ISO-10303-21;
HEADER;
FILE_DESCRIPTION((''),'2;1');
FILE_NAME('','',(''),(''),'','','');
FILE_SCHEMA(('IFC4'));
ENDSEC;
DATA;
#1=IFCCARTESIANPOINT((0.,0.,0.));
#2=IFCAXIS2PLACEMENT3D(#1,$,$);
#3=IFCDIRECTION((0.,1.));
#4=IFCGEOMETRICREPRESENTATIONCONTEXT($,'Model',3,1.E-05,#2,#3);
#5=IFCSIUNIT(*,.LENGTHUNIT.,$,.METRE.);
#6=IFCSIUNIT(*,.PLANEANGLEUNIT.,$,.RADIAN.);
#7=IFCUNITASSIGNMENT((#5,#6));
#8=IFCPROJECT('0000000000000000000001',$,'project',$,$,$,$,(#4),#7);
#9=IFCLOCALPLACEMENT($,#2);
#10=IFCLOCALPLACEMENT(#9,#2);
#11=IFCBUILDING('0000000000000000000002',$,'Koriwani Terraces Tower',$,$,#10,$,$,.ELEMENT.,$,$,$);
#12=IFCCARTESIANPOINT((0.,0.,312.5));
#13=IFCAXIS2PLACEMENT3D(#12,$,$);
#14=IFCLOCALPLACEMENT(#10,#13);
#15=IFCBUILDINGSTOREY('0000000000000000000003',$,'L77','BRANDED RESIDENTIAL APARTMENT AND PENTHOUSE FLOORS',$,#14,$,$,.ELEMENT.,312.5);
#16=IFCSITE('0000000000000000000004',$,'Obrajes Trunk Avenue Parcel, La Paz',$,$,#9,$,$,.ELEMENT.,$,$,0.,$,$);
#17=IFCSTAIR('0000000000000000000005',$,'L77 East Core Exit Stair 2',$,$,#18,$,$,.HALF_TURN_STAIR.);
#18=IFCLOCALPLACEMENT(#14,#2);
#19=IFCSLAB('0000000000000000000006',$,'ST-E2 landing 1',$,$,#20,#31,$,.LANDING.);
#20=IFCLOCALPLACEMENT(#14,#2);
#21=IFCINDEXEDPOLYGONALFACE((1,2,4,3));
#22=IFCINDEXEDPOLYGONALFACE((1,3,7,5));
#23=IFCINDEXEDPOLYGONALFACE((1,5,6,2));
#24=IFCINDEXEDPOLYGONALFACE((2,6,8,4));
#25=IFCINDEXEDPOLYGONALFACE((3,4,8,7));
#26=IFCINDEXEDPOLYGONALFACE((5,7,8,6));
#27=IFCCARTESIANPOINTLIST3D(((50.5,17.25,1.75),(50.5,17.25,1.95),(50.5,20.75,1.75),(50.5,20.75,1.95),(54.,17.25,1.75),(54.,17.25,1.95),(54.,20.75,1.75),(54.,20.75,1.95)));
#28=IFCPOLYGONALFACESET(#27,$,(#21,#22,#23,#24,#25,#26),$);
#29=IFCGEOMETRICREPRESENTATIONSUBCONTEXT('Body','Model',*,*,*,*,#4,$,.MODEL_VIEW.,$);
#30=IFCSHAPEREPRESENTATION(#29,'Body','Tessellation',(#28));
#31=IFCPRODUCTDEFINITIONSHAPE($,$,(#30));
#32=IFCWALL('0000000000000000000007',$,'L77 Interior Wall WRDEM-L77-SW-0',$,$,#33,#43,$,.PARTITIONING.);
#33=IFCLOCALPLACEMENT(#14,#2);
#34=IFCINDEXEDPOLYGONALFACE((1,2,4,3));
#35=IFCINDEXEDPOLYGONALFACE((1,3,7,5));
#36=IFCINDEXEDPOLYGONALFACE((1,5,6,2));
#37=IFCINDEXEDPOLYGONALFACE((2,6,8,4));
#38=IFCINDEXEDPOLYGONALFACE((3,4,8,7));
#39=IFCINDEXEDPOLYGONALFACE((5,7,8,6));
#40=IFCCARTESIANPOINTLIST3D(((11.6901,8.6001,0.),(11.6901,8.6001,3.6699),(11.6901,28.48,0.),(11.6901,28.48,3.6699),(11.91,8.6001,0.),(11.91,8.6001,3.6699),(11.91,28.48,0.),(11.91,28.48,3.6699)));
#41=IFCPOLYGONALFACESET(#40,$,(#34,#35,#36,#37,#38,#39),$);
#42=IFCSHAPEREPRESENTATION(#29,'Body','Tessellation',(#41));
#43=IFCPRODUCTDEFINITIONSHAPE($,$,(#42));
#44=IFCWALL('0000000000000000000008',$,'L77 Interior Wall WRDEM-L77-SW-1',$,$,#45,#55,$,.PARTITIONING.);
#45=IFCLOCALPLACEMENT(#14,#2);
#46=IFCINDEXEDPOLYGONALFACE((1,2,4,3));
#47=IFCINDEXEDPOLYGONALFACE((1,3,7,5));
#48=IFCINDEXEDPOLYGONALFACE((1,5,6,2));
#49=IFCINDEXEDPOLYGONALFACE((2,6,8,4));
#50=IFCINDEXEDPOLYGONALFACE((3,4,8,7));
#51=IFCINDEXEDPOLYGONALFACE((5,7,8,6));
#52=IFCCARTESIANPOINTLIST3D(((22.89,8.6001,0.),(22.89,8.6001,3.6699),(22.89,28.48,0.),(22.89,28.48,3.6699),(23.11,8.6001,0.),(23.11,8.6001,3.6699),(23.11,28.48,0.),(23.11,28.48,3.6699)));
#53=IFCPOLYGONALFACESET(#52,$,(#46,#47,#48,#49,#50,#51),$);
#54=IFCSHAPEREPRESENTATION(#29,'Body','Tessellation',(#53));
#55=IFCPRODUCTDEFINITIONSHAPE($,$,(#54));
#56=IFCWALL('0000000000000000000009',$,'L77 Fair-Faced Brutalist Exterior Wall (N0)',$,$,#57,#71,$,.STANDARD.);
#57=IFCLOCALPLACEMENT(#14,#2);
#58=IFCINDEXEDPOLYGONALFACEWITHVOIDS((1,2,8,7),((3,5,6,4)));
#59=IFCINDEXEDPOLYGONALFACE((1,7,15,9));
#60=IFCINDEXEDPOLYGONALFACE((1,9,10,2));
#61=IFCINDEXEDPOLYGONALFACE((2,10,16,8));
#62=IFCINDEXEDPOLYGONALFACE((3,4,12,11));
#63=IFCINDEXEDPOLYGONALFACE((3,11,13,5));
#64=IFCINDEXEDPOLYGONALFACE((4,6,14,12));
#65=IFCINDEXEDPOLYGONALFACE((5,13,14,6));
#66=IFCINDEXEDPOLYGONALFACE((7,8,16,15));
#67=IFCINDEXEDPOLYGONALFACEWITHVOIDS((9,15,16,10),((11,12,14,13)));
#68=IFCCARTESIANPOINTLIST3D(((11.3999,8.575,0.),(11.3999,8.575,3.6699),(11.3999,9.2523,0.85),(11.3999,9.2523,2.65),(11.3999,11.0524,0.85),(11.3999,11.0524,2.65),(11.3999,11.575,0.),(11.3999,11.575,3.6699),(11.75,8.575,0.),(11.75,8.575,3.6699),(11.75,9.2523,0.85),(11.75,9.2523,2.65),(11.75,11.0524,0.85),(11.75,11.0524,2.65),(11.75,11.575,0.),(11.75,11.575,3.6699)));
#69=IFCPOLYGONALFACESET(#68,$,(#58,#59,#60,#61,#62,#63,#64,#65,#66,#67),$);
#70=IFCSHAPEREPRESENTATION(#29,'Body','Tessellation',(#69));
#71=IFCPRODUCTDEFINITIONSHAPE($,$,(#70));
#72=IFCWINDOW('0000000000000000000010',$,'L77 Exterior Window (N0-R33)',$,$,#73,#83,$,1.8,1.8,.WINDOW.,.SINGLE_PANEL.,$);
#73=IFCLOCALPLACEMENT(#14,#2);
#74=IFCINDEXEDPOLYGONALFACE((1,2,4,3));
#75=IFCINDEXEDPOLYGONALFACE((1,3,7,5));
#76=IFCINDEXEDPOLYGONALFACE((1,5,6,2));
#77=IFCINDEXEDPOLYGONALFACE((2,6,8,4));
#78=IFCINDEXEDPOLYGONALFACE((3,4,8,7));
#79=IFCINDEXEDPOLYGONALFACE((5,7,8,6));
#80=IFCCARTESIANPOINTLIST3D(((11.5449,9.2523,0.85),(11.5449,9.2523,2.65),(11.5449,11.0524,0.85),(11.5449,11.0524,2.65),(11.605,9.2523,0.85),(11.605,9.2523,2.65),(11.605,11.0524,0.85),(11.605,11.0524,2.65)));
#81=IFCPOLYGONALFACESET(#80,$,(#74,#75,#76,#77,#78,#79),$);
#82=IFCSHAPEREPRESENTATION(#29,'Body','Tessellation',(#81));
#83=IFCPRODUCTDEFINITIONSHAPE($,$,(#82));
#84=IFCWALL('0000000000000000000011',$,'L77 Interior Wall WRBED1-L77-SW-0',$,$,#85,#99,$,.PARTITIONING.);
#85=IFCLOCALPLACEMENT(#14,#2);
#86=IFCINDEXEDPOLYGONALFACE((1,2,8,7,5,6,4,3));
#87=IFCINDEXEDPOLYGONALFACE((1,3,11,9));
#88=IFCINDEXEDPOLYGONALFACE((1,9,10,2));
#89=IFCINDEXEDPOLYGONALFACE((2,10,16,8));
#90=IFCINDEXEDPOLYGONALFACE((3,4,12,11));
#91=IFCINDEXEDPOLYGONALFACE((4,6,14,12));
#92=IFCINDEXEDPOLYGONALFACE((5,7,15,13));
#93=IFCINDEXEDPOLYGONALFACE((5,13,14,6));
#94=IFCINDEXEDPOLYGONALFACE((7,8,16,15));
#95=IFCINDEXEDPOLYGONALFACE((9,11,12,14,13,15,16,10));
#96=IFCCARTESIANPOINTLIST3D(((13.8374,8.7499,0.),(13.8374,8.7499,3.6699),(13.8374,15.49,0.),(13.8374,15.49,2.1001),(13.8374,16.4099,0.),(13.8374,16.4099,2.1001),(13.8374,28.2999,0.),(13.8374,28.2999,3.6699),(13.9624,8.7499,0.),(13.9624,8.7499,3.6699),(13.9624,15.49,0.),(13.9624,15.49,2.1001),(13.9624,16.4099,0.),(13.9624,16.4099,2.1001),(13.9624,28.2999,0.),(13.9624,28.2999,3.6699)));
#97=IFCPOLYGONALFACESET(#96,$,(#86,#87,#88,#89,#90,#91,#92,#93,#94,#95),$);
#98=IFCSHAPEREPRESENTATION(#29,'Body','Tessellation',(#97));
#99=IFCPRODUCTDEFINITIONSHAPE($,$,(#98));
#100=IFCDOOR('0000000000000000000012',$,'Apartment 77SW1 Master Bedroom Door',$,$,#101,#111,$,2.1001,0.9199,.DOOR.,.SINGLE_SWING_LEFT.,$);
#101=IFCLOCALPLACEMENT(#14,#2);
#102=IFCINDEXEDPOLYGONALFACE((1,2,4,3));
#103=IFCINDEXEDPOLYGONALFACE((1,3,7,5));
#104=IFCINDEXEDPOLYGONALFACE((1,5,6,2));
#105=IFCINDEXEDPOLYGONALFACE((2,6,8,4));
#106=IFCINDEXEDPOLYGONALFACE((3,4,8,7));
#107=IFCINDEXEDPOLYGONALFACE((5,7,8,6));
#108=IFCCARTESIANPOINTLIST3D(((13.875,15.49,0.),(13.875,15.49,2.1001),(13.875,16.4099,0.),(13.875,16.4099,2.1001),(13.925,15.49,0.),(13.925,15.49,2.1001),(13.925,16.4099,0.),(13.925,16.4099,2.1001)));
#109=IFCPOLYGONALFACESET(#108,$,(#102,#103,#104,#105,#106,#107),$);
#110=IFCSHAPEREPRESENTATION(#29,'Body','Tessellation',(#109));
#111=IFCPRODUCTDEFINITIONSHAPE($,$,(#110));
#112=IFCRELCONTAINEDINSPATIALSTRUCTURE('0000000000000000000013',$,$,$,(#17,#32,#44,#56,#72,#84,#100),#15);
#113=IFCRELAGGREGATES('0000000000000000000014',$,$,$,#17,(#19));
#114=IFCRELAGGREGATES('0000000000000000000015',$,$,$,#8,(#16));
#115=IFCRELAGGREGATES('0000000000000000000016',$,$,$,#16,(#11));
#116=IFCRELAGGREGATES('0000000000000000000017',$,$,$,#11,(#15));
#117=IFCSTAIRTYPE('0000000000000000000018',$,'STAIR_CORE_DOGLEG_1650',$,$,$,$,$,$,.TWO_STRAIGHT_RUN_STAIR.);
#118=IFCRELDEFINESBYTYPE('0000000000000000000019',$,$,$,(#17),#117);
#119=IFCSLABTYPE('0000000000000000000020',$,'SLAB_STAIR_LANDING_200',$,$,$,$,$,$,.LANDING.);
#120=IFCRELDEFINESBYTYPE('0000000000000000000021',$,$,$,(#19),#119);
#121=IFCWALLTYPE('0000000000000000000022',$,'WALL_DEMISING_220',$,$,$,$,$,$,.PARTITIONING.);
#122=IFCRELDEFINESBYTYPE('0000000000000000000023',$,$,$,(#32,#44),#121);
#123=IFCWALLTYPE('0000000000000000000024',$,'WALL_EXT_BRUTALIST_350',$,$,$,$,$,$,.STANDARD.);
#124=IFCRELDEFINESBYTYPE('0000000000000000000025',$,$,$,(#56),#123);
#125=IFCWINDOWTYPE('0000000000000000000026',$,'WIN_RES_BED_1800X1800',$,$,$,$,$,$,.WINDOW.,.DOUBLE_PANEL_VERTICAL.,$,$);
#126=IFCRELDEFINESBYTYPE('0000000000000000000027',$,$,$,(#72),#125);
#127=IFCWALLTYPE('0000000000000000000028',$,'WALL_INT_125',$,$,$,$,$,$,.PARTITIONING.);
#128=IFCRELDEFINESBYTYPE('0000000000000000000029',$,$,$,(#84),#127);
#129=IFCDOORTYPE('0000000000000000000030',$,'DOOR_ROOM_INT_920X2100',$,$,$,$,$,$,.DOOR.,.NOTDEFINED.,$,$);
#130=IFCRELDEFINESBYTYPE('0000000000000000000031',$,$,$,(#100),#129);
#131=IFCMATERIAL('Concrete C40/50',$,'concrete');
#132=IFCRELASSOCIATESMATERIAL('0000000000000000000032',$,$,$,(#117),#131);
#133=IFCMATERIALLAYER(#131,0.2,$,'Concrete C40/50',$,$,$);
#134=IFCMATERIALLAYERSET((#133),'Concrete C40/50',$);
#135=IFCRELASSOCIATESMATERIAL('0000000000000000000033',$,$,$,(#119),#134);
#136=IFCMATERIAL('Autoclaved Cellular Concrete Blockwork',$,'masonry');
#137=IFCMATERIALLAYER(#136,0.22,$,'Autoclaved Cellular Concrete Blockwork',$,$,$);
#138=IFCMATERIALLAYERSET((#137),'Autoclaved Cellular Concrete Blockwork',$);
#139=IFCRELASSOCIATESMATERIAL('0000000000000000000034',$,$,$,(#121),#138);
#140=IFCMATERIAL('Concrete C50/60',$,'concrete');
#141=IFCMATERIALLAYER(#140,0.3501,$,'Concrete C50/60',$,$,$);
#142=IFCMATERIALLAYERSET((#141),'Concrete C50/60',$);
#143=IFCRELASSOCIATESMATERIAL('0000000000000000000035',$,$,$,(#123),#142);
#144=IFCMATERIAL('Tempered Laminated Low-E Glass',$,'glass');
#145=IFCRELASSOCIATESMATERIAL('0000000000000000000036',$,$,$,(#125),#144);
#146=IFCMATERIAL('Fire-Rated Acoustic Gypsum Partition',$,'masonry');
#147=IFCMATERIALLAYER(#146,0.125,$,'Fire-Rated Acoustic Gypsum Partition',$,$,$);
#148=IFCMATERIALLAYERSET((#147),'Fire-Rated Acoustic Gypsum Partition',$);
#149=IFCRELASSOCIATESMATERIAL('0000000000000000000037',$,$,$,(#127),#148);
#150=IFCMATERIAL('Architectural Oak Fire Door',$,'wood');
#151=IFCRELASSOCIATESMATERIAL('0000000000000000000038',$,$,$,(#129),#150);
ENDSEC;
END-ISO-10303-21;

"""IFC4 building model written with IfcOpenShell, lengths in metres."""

from ifc_helpers import new_model, si_unit, direction, frame, frame_2d, origin, place, context, subcontext, project, spatial, polyline, rectangle, outline, extrude, material, layer, layer_set, type_object, element, fill, aggregate, save


model = new_model("IFC4")

# Units and contexts
model_context = context("Model", 3, precision=1e-05, world=origin(), true_north=direction((0.0, 1.0)))
body_context = subcontext(model_context, "Body", "Model", "MODEL_VIEW")
ifc_project = project(units=[si_unit("LENGTHUNIT", "METRE"), si_unit("PLANEANGLEUNIT", "RADIAN")], contexts=[model_context])

# Site, building, storey
site_placement = place(None, origin())
site = spatial("IfcSite", under=ifc_project, at=site_placement, Name="Obrajes Trunk Avenue Parcel, La Paz", CompositionType="ELEMENT", RefElevation=0.0)
building_placement = place(site_placement, origin())
building = spatial("IfcBuilding", under=site, at=building_placement, Name="Koriwani Terraces Tower", CompositionType="ELEMENT")
storey_placement = place(building_placement, frame((0.0, 0.0, 312.5)))
storey = spatial("IfcBuildingStorey", under=building, at=storey_placement, Name="L77", Description="BRANDED RESIDENTIAL APARTMENT AND PENTHOUSE FLOORS", CompositionType="ELEMENT", Elevation=312.5)

# Shared definitions
ifc_material_1 = material(Name="Concrete C50/60", Category="concrete")

# Shared definitions
ifc_material_2 = material(Name="Concrete C40/50", Category="concrete")

# Stair, slab
stair_type = type_object("IfcStairType", Name="STAIR_CORE_DOGLEG_1650", PredefinedType="TWO_STRAIGHT_RUN_STAIR", material=ifc_material_2)
ifc_layer_1 = layer(ifc_material_2, 0.2, Name="Concrete C40/50")
ifc_layer_set_1 = layer_set([ifc_layer_1], Name="Concrete C40/50")
slab_type_1 = type_object("IfcSlabType", Name="SLAB_STAIR_LANDING_200", PredefinedType="LANDING", material=ifc_layer_set_1)
stair_1_placement = place(storey_placement, origin())
stair_1 = element("IfcStair", 1, at=stair_1_placement, inside=storey, type_object=stair_type, Name="L77 East Core Exit Stair 2", PredefinedType="HALF_TURN_STAIR")
slab_1_placement = place(storey_placement, frame((0.0, 0.0, 1.75)))
slab_1 = element("IfcSlab", 2, at=slab_1_placement, type_object=slab_type_1, Name="ST-E2 landing 1", PredefinedType="LANDING", context=body_context, shape_type="SweptSolid", body=[
    extrude(outline(polyline([(54.0, 20.75), (50.5, 20.75), (50.5, 17.25), (54.0, 17.25), (54.0, 20.75)])), origin(), (0.0, 0.0, 1.0), 0.2),
])
aggregate(stair_1, [slab_1])

# Walls
ifc_material_3 = material(Name="Autoclaved Cellular Concrete Blockwork", Category="masonry")
ifc_layer_2 = layer(ifc_material_3, 0.22, Name="Autoclaved Cellular Concrete Blockwork")
ifc_layer_set_2 = layer_set([ifc_layer_2], Name="Autoclaved Cellular Concrete Blockwork")
wall_type_1 = type_object("IfcWallType", Name="WALL_DEMISING_220", PredefinedType="PARTITIONING", material=ifc_layer_set_2)
for number, where, z_axis, x_axis, name in (
    (3, (11.8, 8.6001, 0.0), (0.0, 0.0, 1.0), (0.0, 1.0, 0.0), "L77 Interior Wall WRDEM-L77-SW-0"),
    (4, (23.0, 8.6001, 0.0), (0.0, 0.0, 1.0), (0.0, 1.0, 0.0), "L77 Interior Wall WRDEM-L77-SW-1"),
):
    element("IfcWall", number, at=place(storey_placement, frame(where, z_axis=z_axis, x_axis=x_axis)), inside=storey, type_object=wall_type_1, Name=name, PredefinedType="PARTITIONING", context=body_context, shape_type="SweptSolid", body=[
        extrude(rectangle(XDim=19.8799, YDim=0.22, at=frame_2d((9.9399, 0.0))), origin(), (0.0, 0.0, 1.0), 3.6699),
    ])

# Wall, opening, window
ifc_layer_3 = layer(ifc_material_1, 0.3501, Name="Concrete C50/60")
ifc_layer_set_3 = layer_set([ifc_layer_3], Name="Concrete C50/60")
wall_type_2 = type_object("IfcWallType", Name="WALL_EXT_BRUTALIST_350", PredefinedType="STANDARD", material=ifc_layer_set_3)
wall_1_placement = place(storey_placement, frame((11.575, 8.575, 0.0), z_axis=(0.0, 0.0, 1.0), x_axis=(0.0, 1.0, 0.0)))
wall_1 = element("IfcWall", 5, at=wall_1_placement, inside=storey, type_object=wall_type_2, Name="L77 Fair-Faced Brutalist Exterior Wall (N0)", PredefinedType="STANDARD", context=body_context, shape_type="SweptSolid", body=[
    extrude(rectangle(XDim=3.0, YDim=0.3501, at=frame_2d((1.5, 0.0))), origin(), (0.0, 0.0, 1.0), 3.6699),
])
opening_1_placement = place(wall_1_placement, frame((0.6775, 0.0, 0.8501)))
opening_1 = element("IfcOpeningElement", 6, at=opening_1_placement, cuts=wall_1, PredefinedType="OPENING", context=body_context, shape_type="SweptSolid", body=[
    extrude(rectangle(XDim=1.8, YDim=1.8, at=frame_2d((0.8999, 0.8999))), frame((0.0, 0.1851, 0.0), z_axis=(0.0, -1.0, 0.0), x_axis=(1.0, 0.0, 0.0)), (0.0, 0.0, 1.0), 0.3701),
])
ifc_material_4 = material(Name="Tempered Laminated Low-E Glass", Category="glass")
window_type = type_object("IfcWindowType", Name="WIN_RES_BED_1800X1800", PartitioningType="DOUBLE_PANEL_VERTICAL", PredefinedType="WINDOW", material=ifc_material_4)
window_placement = place(opening_1_placement, origin())
window = element("IfcWindow", 7, at=window_placement, inside=storey, type_object=window_type, Name="L77 Exterior Window (N0-R33)", OverallHeight=1.8, OverallWidth=1.8, PartitioningType="SINGLE_PANEL", PredefinedType="WINDOW", context=body_context, shape_type="SweptSolid", body=[
    extrude(rectangle(XDim=1.8, YDim=1.8, at=frame_2d((0.8999, 0.8999))), frame((0.0, 0.03, 0.0), z_axis=(0.0, -1.0, 0.0), x_axis=(1.0, 0.0, 0.0)), (0.0, 0.0, 1.0), 0.0601),
])
fill(opening_1, window)

# Wall, opening, door
ifc_material_5 = material(Name="Fire-Rated Acoustic Gypsum Partition", Category="masonry")
ifc_layer_4 = layer(ifc_material_5, 0.125, Name="Fire-Rated Acoustic Gypsum Partition")
ifc_layer_set_4 = layer_set([ifc_layer_4], Name="Fire-Rated Acoustic Gypsum Partition")
wall_type_3 = type_object("IfcWallType", Name="WALL_INT_125", PredefinedType="PARTITIONING", material=ifc_layer_set_4)
wall_2_placement = place(storey_placement, frame((13.8999, 8.75, 0.0), z_axis=(0.0, 0.0, 1.0), x_axis=(0.0, 1.0, 0.0)))
wall_2 = element("IfcWall", 8, at=wall_2_placement, inside=storey, type_object=wall_type_3, Name="L77 Interior Wall WRBED1-L77-SW-0", PredefinedType="PARTITIONING", context=body_context, shape_type="SweptSolid", body=[
    extrude(rectangle(XDim=19.55, YDim=0.125, at=frame_2d((9.7749, 0.0))), origin(), (0.0, 0.0, 1.0), 3.6699),
])
opening_2_placement = place(wall_2_placement, frame((6.74, 0.0, 0.0)))
opening_2 = element("IfcOpeningElement", 9, at=opening_2_placement, cuts=wall_2, PredefinedType="OPENING", context=body_context, shape_type="SweptSolid", body=[
    extrude(rectangle(XDim=0.9199, YDim=2.1001, at=frame_2d((0.46, 1.05))), frame((0.0, 0.0725, 0.0), z_axis=(0.0, -1.0, 0.0), x_axis=(1.0, 0.0, 0.0)), (0.0, 0.0, 1.0), 0.145),
])
ifc_material_6 = material(Name="Architectural Oak Fire Door", Category="wood")
door_type = type_object("IfcDoorType", Name="DOOR_ROOM_INT_920X2100", OperationType="NOTDEFINED", PredefinedType="DOOR", material=ifc_material_6)
door_placement = place(opening_2_placement, origin())
door = element("IfcDoor", 10, at=door_placement, inside=storey, type_object=door_type, Name="Apartment 77SW1 Master Bedroom Door", OperationType="SINGLE_SWING_LEFT", OverallHeight=2.1001, OverallWidth=0.9199, PredefinedType="DOOR", context=body_context, shape_type="SweptSolid", body=[
    extrude(rectangle(XDim=0.9199, YDim=2.1001, at=frame_2d((0.46, 1.05))), frame((0.0, 0.0249, 0.0), z_axis=(0.0, -1.0, 0.0), x_axis=(1.0, 0.0, 0.0)), (0.0, 0.0, 1.0), 0.05),
])
fill(opening_2, door)

save(model, "model.ifc")
